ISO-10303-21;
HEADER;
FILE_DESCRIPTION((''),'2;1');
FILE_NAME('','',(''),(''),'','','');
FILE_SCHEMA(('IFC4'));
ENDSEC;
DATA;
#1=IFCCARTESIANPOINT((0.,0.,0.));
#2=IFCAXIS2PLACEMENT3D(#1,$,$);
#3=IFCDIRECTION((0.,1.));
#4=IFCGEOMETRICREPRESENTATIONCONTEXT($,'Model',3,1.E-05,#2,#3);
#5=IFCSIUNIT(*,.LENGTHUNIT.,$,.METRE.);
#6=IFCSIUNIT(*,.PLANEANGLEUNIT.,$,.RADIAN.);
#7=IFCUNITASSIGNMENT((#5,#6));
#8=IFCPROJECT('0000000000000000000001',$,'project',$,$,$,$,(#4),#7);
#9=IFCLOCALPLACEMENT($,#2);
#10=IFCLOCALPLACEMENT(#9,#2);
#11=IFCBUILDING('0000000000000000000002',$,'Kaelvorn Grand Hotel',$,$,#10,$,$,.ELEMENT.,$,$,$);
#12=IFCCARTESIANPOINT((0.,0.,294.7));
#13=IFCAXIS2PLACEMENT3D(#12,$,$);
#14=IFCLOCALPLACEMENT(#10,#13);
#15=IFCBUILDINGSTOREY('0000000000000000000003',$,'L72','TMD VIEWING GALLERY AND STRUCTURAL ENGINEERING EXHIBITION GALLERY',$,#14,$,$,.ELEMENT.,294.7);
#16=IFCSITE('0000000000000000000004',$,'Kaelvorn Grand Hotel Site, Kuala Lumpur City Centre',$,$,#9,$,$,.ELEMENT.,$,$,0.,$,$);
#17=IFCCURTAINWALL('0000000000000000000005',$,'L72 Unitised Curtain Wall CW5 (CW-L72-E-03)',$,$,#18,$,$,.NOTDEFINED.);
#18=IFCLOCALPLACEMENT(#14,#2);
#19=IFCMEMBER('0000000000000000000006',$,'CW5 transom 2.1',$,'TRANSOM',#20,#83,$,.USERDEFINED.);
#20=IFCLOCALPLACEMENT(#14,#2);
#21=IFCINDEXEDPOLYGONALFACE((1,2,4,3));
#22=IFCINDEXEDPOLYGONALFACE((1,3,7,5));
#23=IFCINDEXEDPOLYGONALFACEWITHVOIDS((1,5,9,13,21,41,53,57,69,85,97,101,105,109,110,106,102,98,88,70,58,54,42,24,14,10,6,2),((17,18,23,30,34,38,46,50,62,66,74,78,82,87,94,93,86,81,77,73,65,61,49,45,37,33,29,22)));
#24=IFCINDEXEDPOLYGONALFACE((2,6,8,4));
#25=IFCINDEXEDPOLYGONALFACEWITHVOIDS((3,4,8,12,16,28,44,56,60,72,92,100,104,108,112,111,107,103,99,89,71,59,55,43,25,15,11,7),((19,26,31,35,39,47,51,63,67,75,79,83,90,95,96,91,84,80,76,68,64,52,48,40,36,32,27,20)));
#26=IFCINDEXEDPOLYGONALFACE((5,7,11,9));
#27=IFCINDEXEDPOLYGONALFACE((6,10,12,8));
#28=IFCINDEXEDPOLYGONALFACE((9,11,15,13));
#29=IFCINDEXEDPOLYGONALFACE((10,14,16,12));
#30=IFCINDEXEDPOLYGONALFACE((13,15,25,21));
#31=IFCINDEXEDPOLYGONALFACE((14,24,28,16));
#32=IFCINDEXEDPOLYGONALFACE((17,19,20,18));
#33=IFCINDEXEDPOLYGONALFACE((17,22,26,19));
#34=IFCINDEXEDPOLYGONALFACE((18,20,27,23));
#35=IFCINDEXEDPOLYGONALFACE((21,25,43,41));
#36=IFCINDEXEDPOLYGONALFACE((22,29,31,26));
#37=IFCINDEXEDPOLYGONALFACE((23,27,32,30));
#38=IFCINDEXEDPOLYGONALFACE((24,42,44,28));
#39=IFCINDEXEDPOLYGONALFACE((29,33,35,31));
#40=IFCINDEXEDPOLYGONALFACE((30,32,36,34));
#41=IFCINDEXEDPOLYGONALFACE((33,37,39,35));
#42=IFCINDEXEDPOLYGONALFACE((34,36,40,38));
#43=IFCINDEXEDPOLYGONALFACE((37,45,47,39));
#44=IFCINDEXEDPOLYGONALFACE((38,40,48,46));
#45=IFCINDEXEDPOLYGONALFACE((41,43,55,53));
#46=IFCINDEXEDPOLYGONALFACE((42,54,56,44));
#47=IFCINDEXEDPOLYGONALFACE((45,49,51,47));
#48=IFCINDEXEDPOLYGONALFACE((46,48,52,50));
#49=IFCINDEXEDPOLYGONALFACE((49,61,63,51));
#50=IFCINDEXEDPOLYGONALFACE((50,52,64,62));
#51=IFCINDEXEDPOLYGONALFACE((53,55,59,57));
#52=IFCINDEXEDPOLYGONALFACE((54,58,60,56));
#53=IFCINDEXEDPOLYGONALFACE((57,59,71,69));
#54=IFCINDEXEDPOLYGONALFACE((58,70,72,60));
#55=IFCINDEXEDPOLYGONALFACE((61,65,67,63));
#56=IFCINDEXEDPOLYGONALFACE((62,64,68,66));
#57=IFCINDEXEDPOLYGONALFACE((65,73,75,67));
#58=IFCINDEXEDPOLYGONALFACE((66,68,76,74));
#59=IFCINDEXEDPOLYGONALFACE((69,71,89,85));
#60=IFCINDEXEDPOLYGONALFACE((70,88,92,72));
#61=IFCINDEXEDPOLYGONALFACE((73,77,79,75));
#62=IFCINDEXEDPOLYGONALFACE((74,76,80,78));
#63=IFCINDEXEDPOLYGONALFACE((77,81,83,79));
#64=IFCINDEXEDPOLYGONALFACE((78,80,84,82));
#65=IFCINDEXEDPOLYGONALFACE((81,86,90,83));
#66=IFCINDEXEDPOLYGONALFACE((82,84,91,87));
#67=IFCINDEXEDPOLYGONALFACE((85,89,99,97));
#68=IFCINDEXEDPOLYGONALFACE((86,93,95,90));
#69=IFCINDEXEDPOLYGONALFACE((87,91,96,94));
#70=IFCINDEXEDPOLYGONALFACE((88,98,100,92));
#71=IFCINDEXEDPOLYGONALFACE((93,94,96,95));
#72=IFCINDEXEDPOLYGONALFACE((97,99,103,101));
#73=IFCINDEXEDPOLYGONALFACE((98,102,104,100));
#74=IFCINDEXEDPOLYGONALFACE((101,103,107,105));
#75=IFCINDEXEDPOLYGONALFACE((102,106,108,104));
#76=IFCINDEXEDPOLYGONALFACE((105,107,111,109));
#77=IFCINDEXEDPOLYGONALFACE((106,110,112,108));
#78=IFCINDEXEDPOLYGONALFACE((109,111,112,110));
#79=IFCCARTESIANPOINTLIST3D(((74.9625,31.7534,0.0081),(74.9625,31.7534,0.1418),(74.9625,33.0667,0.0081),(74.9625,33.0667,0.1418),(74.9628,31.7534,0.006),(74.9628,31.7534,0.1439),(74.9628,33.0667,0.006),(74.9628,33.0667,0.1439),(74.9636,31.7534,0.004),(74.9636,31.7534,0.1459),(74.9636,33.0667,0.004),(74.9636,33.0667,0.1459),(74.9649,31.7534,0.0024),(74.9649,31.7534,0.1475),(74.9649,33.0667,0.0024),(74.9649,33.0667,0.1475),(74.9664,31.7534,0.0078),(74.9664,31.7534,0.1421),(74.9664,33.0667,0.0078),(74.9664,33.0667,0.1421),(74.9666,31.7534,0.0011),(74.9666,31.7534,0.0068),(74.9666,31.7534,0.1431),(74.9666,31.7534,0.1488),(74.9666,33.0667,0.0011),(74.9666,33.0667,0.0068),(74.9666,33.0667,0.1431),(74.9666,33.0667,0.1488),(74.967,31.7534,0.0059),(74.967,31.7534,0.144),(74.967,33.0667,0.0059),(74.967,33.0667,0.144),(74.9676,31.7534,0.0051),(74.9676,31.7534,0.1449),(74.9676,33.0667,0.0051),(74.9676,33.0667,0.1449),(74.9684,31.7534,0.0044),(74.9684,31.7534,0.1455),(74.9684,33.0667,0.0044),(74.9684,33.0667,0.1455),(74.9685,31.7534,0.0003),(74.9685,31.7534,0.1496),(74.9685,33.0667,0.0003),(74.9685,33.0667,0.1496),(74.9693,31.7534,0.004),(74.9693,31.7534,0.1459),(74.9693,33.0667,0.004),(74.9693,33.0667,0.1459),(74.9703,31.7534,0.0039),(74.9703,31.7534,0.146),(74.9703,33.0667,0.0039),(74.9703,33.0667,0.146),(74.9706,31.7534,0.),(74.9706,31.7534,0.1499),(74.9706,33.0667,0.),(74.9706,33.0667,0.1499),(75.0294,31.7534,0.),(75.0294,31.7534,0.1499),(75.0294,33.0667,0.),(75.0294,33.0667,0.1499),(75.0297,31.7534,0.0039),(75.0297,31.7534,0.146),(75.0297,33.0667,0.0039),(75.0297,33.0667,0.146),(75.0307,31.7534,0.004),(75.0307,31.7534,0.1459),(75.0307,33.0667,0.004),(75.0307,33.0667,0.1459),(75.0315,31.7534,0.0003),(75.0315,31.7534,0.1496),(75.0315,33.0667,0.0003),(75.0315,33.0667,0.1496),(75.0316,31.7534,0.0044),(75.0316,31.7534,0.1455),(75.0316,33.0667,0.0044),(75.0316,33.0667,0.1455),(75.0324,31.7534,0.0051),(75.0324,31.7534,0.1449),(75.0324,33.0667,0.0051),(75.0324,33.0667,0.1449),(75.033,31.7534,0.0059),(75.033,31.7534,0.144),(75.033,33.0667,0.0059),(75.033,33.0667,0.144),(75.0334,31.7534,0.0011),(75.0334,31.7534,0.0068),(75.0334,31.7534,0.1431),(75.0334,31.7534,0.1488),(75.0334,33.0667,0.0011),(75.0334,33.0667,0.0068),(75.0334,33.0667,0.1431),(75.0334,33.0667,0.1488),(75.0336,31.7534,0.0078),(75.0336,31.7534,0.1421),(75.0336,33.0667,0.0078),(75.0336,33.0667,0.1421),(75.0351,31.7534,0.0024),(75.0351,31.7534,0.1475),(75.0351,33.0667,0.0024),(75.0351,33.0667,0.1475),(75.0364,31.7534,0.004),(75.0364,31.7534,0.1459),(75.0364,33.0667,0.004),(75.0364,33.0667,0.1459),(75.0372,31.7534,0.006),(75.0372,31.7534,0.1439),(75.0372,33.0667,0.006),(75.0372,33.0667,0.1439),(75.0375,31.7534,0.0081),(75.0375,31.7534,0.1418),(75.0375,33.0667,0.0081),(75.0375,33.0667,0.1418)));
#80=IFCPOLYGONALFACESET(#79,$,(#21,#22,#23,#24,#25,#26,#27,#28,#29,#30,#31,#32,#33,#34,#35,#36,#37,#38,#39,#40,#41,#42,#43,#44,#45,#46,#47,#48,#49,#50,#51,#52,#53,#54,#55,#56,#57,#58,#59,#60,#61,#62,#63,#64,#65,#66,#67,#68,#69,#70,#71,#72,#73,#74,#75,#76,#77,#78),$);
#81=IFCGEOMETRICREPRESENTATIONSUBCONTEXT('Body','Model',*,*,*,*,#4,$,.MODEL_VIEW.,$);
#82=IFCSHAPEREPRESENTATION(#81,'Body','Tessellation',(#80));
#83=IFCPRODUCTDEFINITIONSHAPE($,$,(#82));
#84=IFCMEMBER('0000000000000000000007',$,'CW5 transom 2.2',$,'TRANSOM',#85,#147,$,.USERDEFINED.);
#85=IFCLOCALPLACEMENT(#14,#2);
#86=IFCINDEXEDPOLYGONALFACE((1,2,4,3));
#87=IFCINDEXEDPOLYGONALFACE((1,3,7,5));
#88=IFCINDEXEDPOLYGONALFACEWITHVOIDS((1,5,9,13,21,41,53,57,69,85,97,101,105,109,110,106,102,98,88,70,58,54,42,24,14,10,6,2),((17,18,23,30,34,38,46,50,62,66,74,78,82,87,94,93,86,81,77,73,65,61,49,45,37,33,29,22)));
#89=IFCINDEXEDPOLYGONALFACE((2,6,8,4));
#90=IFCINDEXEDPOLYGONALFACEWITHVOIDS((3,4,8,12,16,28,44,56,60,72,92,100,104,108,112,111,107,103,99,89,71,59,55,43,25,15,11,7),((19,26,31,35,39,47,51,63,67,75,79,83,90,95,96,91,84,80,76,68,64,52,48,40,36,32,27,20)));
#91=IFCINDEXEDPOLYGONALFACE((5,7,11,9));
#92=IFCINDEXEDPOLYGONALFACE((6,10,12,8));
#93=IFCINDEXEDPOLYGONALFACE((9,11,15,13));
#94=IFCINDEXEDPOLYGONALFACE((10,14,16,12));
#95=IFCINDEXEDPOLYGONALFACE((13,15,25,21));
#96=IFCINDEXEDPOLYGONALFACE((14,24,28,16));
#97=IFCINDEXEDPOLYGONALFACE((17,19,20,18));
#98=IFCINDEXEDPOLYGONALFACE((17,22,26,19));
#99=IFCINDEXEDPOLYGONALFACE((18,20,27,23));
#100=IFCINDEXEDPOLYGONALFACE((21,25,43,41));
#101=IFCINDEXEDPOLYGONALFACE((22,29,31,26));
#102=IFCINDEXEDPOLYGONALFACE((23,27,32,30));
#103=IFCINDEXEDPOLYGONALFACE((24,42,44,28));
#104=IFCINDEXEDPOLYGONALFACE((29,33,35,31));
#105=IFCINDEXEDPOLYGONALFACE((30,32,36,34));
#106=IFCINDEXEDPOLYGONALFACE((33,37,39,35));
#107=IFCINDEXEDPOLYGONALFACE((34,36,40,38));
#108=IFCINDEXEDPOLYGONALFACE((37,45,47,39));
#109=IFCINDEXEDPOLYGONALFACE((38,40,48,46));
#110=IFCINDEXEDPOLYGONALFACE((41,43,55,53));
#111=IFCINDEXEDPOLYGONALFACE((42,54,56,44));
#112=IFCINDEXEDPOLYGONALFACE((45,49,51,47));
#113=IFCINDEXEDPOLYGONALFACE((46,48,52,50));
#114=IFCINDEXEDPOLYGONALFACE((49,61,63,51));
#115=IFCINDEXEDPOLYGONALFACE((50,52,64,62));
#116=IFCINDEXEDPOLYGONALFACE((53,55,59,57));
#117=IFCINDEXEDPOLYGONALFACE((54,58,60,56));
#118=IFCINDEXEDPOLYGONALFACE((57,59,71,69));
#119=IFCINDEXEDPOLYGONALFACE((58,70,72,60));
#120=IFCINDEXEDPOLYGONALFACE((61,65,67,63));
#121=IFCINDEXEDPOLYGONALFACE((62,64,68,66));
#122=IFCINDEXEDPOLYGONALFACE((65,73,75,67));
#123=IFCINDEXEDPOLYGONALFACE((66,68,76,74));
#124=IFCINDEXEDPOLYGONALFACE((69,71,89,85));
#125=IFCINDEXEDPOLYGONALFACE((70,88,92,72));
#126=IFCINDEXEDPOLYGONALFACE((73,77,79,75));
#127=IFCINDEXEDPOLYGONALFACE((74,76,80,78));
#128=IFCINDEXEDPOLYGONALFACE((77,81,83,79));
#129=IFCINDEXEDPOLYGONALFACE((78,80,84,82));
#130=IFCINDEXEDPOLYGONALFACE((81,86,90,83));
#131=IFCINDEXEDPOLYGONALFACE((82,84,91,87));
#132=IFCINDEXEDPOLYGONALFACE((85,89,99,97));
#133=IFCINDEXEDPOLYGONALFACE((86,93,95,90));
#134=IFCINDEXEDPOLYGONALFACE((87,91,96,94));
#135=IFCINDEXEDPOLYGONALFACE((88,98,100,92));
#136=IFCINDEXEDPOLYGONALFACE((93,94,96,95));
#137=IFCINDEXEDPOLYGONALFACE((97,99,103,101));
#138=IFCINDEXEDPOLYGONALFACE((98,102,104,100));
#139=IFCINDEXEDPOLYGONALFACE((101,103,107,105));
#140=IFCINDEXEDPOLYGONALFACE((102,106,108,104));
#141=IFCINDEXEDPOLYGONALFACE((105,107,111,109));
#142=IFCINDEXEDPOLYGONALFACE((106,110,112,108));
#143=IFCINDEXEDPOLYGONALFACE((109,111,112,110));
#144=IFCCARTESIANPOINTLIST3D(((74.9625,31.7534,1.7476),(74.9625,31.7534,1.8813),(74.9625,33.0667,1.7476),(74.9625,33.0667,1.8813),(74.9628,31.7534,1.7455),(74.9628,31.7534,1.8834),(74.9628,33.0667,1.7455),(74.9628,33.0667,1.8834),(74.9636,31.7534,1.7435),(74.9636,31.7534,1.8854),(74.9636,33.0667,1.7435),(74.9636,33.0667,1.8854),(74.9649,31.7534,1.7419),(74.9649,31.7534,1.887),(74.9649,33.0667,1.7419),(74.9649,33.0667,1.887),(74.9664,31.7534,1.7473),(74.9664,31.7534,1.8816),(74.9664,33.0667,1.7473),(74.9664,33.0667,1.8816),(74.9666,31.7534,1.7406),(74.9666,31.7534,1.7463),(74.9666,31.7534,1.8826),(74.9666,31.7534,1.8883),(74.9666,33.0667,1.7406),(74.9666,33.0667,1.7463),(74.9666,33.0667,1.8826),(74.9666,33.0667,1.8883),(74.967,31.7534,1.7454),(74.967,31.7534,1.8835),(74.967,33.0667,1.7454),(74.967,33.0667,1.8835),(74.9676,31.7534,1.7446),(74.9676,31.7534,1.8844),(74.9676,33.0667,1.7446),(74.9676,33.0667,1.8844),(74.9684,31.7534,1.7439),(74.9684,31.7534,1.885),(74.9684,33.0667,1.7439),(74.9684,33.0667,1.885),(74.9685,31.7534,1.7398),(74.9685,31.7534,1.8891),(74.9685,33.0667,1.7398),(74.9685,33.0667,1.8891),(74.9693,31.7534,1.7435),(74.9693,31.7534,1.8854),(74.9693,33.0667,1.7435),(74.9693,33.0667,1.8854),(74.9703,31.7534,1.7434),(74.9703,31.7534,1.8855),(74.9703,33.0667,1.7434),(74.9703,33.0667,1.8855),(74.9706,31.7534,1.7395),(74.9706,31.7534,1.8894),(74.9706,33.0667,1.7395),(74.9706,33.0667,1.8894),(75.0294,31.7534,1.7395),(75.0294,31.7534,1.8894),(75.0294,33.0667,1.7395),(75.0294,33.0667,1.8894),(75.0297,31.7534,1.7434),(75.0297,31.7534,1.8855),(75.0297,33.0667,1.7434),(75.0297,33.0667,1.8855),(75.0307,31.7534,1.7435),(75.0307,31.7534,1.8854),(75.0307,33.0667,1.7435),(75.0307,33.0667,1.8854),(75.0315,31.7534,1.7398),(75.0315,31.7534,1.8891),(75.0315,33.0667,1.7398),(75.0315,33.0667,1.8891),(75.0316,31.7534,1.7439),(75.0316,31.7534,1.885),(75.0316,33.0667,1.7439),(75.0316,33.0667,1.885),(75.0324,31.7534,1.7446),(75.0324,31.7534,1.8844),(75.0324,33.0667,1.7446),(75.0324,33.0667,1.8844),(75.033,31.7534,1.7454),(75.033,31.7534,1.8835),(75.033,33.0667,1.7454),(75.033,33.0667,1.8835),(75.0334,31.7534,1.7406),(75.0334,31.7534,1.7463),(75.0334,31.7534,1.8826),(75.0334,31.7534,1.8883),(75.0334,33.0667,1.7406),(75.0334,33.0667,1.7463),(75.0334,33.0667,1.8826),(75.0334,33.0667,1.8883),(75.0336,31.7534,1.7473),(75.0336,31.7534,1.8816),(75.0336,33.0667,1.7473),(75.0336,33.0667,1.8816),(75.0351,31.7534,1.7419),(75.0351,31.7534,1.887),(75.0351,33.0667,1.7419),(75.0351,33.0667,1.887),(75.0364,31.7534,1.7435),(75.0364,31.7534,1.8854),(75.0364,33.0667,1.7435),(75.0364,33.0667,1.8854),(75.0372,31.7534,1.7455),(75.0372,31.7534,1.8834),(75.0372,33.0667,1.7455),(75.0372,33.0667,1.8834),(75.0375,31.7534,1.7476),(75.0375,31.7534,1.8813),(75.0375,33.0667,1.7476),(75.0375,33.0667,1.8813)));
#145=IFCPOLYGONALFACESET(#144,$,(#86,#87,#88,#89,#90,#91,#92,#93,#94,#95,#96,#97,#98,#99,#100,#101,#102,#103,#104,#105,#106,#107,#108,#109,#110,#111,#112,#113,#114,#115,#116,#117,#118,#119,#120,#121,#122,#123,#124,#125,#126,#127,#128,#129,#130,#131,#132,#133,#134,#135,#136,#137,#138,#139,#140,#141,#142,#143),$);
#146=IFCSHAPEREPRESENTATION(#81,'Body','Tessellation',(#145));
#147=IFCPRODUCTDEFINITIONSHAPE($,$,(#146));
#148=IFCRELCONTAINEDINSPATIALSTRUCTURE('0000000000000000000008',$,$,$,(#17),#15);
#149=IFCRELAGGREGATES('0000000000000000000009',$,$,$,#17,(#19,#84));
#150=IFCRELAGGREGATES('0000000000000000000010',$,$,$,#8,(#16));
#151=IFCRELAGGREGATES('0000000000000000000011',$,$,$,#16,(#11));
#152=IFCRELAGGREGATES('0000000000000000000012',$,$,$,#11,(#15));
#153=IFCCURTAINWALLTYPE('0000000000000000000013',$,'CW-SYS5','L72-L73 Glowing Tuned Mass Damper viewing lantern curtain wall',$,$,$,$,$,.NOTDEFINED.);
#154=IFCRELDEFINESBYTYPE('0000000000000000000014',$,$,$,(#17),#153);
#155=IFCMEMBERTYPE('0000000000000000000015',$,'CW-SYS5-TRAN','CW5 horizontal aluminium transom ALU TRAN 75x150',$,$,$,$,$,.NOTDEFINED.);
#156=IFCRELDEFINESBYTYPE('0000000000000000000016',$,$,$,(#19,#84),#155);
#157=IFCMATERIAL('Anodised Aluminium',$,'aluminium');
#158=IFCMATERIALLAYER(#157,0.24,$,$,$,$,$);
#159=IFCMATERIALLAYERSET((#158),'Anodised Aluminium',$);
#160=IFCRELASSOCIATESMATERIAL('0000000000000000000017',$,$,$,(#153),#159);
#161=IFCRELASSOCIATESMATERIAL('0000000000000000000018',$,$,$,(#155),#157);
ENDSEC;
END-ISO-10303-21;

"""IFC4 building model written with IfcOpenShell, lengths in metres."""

from ifc_helpers import new_model, si_unit, direction, frame, origin, origin_2d, place, context, subcontext, project, spatial, hollow_rectangle, extrude, material, layer, layer_set, material_profile, profile_set, type_object, element, aggregate, save


model = new_model("IFC4")

# Units and contexts
model_context = context("Model", 3, precision=1e-05, world=origin(), true_north=direction((0.0, 1.0)))
body_context = subcontext(model_context, "Body", "Model", "MODEL_VIEW")
ifc_project = project(units=[si_unit("LENGTHUNIT", "METRE"), si_unit("PLANEANGLEUNIT", "RADIAN")], contexts=[model_context])

# Site, building, storey
site_placement = place(None, origin())
site = spatial("IfcSite", under=ifc_project, at=site_placement, Name="Kaelvorn Grand Hotel Site, Kuala Lumpur City Centre", CompositionType="ELEMENT", RefElevation=0.0)
building_placement = place(site_placement, origin())
building = spatial("IfcBuilding", under=site, at=building_placement, Name="Kaelvorn Grand Hotel", CompositionType="ELEMENT")
storey_placement = place(building_placement, frame((0.0, 0.0, 294.7)))
storey = spatial("IfcBuildingStorey", under=building, at=storey_placement, Name="L72", Description="TMD VIEWING GALLERY AND STRUCTURAL ENGINEERING EXHIBITION GALLERY", CompositionType="ELEMENT", Elevation=294.7)

# Shared definitions
ifc_material_1 = material(Name="Anodised Aluminium", Category="aluminium")
ifc_layer_1 = layer(ifc_material_1, 0.24)
ifc_layer_set_1 = layer_set([ifc_layer_1], Name="Anodised Aluminium")
curtain_wall_type = type_object("IfcCurtainWallType", Name="CW-SYS5", Description="L72-L73 Glowing Tuned Mass Damper viewing lantern curtain wall", PredefinedType="NOTDEFINED", material=ifc_layer_set_1)

# Curtain wall, members
curtain_wall_1_placement = place(storey_placement, origin())
curtain_wall_1 = element("IfcCurtainWall", 1, at=curtain_wall_1_placement, inside=storey, type_object=curtain_wall_type, Name="L72 Unitised Curtain Wall CW5 (CW-L72-E-03)", PredefinedType="NOTDEFINED")
ifc_material_profile_1 = material_profile(ifc_material_1, hollow_rectangle(XDim=0.075, YDim=0.1499, WallThickness=0.0039, InnerFilletRadius=0.0039, OuterFilletRadius=0.0081, at=origin_2d()), Name="ALU TRAN 75x150")
ifc_profile_set_1 = profile_set([ifc_material_profile_1], Name="Anodised Aluminium")
member_type_1 = type_object("IfcMemberType", Name="CW-SYS5-TRAN", Description="CW5 horizontal aluminium transom ALU TRAN 75x150", PredefinedType="NOTDEFINED", material=ifc_profile_set_1)
member_1_placement = place(storey_placement, frame((75.0, 31.7534, 0.075), z_axis=(0.0, 1.0, 0.0), x_axis=(-1.0, 0.0, 0.0)))
member_1 = element("IfcMember", 2, at=member_1_placement, type_object=member_type_1, Name="CW5 transom 2.1", ObjectType="TRANSOM", PredefinedType="USERDEFINED", context=body_context, shape_type="SweptSolid", body=[
    extrude(hollow_rectangle(XDim=0.075, YDim=0.1499, WallThickness=0.0039, InnerFilletRadius=0.0039, OuterFilletRadius=0.0081, at=origin_2d()), origin(), (0.0, 0.0, 1.0), 1.3132),
])
member_2_placement = place(storey_placement, frame((75.0, 31.7534, 1.8145), z_axis=(0.0, 1.0, 0.0), x_axis=(-1.0, 0.0, 0.0)))
member_2 = element("IfcMember", 3, at=member_2_placement, type_object=member_type_1, Name="CW5 transom 2.2", ObjectType="TRANSOM", PredefinedType="USERDEFINED", context=body_context, shape_type="SweptSolid", body=[
    extrude(hollow_rectangle(XDim=0.075, YDim=0.1499, WallThickness=0.0039, InnerFilletRadius=0.0039, OuterFilletRadius=0.0081, at=origin_2d()), origin(), (0.0, 0.0, 1.0), 1.3132),
])

aggregate(curtain_wall_1, [member_1, member_2])

save(model, "model.ifc")
